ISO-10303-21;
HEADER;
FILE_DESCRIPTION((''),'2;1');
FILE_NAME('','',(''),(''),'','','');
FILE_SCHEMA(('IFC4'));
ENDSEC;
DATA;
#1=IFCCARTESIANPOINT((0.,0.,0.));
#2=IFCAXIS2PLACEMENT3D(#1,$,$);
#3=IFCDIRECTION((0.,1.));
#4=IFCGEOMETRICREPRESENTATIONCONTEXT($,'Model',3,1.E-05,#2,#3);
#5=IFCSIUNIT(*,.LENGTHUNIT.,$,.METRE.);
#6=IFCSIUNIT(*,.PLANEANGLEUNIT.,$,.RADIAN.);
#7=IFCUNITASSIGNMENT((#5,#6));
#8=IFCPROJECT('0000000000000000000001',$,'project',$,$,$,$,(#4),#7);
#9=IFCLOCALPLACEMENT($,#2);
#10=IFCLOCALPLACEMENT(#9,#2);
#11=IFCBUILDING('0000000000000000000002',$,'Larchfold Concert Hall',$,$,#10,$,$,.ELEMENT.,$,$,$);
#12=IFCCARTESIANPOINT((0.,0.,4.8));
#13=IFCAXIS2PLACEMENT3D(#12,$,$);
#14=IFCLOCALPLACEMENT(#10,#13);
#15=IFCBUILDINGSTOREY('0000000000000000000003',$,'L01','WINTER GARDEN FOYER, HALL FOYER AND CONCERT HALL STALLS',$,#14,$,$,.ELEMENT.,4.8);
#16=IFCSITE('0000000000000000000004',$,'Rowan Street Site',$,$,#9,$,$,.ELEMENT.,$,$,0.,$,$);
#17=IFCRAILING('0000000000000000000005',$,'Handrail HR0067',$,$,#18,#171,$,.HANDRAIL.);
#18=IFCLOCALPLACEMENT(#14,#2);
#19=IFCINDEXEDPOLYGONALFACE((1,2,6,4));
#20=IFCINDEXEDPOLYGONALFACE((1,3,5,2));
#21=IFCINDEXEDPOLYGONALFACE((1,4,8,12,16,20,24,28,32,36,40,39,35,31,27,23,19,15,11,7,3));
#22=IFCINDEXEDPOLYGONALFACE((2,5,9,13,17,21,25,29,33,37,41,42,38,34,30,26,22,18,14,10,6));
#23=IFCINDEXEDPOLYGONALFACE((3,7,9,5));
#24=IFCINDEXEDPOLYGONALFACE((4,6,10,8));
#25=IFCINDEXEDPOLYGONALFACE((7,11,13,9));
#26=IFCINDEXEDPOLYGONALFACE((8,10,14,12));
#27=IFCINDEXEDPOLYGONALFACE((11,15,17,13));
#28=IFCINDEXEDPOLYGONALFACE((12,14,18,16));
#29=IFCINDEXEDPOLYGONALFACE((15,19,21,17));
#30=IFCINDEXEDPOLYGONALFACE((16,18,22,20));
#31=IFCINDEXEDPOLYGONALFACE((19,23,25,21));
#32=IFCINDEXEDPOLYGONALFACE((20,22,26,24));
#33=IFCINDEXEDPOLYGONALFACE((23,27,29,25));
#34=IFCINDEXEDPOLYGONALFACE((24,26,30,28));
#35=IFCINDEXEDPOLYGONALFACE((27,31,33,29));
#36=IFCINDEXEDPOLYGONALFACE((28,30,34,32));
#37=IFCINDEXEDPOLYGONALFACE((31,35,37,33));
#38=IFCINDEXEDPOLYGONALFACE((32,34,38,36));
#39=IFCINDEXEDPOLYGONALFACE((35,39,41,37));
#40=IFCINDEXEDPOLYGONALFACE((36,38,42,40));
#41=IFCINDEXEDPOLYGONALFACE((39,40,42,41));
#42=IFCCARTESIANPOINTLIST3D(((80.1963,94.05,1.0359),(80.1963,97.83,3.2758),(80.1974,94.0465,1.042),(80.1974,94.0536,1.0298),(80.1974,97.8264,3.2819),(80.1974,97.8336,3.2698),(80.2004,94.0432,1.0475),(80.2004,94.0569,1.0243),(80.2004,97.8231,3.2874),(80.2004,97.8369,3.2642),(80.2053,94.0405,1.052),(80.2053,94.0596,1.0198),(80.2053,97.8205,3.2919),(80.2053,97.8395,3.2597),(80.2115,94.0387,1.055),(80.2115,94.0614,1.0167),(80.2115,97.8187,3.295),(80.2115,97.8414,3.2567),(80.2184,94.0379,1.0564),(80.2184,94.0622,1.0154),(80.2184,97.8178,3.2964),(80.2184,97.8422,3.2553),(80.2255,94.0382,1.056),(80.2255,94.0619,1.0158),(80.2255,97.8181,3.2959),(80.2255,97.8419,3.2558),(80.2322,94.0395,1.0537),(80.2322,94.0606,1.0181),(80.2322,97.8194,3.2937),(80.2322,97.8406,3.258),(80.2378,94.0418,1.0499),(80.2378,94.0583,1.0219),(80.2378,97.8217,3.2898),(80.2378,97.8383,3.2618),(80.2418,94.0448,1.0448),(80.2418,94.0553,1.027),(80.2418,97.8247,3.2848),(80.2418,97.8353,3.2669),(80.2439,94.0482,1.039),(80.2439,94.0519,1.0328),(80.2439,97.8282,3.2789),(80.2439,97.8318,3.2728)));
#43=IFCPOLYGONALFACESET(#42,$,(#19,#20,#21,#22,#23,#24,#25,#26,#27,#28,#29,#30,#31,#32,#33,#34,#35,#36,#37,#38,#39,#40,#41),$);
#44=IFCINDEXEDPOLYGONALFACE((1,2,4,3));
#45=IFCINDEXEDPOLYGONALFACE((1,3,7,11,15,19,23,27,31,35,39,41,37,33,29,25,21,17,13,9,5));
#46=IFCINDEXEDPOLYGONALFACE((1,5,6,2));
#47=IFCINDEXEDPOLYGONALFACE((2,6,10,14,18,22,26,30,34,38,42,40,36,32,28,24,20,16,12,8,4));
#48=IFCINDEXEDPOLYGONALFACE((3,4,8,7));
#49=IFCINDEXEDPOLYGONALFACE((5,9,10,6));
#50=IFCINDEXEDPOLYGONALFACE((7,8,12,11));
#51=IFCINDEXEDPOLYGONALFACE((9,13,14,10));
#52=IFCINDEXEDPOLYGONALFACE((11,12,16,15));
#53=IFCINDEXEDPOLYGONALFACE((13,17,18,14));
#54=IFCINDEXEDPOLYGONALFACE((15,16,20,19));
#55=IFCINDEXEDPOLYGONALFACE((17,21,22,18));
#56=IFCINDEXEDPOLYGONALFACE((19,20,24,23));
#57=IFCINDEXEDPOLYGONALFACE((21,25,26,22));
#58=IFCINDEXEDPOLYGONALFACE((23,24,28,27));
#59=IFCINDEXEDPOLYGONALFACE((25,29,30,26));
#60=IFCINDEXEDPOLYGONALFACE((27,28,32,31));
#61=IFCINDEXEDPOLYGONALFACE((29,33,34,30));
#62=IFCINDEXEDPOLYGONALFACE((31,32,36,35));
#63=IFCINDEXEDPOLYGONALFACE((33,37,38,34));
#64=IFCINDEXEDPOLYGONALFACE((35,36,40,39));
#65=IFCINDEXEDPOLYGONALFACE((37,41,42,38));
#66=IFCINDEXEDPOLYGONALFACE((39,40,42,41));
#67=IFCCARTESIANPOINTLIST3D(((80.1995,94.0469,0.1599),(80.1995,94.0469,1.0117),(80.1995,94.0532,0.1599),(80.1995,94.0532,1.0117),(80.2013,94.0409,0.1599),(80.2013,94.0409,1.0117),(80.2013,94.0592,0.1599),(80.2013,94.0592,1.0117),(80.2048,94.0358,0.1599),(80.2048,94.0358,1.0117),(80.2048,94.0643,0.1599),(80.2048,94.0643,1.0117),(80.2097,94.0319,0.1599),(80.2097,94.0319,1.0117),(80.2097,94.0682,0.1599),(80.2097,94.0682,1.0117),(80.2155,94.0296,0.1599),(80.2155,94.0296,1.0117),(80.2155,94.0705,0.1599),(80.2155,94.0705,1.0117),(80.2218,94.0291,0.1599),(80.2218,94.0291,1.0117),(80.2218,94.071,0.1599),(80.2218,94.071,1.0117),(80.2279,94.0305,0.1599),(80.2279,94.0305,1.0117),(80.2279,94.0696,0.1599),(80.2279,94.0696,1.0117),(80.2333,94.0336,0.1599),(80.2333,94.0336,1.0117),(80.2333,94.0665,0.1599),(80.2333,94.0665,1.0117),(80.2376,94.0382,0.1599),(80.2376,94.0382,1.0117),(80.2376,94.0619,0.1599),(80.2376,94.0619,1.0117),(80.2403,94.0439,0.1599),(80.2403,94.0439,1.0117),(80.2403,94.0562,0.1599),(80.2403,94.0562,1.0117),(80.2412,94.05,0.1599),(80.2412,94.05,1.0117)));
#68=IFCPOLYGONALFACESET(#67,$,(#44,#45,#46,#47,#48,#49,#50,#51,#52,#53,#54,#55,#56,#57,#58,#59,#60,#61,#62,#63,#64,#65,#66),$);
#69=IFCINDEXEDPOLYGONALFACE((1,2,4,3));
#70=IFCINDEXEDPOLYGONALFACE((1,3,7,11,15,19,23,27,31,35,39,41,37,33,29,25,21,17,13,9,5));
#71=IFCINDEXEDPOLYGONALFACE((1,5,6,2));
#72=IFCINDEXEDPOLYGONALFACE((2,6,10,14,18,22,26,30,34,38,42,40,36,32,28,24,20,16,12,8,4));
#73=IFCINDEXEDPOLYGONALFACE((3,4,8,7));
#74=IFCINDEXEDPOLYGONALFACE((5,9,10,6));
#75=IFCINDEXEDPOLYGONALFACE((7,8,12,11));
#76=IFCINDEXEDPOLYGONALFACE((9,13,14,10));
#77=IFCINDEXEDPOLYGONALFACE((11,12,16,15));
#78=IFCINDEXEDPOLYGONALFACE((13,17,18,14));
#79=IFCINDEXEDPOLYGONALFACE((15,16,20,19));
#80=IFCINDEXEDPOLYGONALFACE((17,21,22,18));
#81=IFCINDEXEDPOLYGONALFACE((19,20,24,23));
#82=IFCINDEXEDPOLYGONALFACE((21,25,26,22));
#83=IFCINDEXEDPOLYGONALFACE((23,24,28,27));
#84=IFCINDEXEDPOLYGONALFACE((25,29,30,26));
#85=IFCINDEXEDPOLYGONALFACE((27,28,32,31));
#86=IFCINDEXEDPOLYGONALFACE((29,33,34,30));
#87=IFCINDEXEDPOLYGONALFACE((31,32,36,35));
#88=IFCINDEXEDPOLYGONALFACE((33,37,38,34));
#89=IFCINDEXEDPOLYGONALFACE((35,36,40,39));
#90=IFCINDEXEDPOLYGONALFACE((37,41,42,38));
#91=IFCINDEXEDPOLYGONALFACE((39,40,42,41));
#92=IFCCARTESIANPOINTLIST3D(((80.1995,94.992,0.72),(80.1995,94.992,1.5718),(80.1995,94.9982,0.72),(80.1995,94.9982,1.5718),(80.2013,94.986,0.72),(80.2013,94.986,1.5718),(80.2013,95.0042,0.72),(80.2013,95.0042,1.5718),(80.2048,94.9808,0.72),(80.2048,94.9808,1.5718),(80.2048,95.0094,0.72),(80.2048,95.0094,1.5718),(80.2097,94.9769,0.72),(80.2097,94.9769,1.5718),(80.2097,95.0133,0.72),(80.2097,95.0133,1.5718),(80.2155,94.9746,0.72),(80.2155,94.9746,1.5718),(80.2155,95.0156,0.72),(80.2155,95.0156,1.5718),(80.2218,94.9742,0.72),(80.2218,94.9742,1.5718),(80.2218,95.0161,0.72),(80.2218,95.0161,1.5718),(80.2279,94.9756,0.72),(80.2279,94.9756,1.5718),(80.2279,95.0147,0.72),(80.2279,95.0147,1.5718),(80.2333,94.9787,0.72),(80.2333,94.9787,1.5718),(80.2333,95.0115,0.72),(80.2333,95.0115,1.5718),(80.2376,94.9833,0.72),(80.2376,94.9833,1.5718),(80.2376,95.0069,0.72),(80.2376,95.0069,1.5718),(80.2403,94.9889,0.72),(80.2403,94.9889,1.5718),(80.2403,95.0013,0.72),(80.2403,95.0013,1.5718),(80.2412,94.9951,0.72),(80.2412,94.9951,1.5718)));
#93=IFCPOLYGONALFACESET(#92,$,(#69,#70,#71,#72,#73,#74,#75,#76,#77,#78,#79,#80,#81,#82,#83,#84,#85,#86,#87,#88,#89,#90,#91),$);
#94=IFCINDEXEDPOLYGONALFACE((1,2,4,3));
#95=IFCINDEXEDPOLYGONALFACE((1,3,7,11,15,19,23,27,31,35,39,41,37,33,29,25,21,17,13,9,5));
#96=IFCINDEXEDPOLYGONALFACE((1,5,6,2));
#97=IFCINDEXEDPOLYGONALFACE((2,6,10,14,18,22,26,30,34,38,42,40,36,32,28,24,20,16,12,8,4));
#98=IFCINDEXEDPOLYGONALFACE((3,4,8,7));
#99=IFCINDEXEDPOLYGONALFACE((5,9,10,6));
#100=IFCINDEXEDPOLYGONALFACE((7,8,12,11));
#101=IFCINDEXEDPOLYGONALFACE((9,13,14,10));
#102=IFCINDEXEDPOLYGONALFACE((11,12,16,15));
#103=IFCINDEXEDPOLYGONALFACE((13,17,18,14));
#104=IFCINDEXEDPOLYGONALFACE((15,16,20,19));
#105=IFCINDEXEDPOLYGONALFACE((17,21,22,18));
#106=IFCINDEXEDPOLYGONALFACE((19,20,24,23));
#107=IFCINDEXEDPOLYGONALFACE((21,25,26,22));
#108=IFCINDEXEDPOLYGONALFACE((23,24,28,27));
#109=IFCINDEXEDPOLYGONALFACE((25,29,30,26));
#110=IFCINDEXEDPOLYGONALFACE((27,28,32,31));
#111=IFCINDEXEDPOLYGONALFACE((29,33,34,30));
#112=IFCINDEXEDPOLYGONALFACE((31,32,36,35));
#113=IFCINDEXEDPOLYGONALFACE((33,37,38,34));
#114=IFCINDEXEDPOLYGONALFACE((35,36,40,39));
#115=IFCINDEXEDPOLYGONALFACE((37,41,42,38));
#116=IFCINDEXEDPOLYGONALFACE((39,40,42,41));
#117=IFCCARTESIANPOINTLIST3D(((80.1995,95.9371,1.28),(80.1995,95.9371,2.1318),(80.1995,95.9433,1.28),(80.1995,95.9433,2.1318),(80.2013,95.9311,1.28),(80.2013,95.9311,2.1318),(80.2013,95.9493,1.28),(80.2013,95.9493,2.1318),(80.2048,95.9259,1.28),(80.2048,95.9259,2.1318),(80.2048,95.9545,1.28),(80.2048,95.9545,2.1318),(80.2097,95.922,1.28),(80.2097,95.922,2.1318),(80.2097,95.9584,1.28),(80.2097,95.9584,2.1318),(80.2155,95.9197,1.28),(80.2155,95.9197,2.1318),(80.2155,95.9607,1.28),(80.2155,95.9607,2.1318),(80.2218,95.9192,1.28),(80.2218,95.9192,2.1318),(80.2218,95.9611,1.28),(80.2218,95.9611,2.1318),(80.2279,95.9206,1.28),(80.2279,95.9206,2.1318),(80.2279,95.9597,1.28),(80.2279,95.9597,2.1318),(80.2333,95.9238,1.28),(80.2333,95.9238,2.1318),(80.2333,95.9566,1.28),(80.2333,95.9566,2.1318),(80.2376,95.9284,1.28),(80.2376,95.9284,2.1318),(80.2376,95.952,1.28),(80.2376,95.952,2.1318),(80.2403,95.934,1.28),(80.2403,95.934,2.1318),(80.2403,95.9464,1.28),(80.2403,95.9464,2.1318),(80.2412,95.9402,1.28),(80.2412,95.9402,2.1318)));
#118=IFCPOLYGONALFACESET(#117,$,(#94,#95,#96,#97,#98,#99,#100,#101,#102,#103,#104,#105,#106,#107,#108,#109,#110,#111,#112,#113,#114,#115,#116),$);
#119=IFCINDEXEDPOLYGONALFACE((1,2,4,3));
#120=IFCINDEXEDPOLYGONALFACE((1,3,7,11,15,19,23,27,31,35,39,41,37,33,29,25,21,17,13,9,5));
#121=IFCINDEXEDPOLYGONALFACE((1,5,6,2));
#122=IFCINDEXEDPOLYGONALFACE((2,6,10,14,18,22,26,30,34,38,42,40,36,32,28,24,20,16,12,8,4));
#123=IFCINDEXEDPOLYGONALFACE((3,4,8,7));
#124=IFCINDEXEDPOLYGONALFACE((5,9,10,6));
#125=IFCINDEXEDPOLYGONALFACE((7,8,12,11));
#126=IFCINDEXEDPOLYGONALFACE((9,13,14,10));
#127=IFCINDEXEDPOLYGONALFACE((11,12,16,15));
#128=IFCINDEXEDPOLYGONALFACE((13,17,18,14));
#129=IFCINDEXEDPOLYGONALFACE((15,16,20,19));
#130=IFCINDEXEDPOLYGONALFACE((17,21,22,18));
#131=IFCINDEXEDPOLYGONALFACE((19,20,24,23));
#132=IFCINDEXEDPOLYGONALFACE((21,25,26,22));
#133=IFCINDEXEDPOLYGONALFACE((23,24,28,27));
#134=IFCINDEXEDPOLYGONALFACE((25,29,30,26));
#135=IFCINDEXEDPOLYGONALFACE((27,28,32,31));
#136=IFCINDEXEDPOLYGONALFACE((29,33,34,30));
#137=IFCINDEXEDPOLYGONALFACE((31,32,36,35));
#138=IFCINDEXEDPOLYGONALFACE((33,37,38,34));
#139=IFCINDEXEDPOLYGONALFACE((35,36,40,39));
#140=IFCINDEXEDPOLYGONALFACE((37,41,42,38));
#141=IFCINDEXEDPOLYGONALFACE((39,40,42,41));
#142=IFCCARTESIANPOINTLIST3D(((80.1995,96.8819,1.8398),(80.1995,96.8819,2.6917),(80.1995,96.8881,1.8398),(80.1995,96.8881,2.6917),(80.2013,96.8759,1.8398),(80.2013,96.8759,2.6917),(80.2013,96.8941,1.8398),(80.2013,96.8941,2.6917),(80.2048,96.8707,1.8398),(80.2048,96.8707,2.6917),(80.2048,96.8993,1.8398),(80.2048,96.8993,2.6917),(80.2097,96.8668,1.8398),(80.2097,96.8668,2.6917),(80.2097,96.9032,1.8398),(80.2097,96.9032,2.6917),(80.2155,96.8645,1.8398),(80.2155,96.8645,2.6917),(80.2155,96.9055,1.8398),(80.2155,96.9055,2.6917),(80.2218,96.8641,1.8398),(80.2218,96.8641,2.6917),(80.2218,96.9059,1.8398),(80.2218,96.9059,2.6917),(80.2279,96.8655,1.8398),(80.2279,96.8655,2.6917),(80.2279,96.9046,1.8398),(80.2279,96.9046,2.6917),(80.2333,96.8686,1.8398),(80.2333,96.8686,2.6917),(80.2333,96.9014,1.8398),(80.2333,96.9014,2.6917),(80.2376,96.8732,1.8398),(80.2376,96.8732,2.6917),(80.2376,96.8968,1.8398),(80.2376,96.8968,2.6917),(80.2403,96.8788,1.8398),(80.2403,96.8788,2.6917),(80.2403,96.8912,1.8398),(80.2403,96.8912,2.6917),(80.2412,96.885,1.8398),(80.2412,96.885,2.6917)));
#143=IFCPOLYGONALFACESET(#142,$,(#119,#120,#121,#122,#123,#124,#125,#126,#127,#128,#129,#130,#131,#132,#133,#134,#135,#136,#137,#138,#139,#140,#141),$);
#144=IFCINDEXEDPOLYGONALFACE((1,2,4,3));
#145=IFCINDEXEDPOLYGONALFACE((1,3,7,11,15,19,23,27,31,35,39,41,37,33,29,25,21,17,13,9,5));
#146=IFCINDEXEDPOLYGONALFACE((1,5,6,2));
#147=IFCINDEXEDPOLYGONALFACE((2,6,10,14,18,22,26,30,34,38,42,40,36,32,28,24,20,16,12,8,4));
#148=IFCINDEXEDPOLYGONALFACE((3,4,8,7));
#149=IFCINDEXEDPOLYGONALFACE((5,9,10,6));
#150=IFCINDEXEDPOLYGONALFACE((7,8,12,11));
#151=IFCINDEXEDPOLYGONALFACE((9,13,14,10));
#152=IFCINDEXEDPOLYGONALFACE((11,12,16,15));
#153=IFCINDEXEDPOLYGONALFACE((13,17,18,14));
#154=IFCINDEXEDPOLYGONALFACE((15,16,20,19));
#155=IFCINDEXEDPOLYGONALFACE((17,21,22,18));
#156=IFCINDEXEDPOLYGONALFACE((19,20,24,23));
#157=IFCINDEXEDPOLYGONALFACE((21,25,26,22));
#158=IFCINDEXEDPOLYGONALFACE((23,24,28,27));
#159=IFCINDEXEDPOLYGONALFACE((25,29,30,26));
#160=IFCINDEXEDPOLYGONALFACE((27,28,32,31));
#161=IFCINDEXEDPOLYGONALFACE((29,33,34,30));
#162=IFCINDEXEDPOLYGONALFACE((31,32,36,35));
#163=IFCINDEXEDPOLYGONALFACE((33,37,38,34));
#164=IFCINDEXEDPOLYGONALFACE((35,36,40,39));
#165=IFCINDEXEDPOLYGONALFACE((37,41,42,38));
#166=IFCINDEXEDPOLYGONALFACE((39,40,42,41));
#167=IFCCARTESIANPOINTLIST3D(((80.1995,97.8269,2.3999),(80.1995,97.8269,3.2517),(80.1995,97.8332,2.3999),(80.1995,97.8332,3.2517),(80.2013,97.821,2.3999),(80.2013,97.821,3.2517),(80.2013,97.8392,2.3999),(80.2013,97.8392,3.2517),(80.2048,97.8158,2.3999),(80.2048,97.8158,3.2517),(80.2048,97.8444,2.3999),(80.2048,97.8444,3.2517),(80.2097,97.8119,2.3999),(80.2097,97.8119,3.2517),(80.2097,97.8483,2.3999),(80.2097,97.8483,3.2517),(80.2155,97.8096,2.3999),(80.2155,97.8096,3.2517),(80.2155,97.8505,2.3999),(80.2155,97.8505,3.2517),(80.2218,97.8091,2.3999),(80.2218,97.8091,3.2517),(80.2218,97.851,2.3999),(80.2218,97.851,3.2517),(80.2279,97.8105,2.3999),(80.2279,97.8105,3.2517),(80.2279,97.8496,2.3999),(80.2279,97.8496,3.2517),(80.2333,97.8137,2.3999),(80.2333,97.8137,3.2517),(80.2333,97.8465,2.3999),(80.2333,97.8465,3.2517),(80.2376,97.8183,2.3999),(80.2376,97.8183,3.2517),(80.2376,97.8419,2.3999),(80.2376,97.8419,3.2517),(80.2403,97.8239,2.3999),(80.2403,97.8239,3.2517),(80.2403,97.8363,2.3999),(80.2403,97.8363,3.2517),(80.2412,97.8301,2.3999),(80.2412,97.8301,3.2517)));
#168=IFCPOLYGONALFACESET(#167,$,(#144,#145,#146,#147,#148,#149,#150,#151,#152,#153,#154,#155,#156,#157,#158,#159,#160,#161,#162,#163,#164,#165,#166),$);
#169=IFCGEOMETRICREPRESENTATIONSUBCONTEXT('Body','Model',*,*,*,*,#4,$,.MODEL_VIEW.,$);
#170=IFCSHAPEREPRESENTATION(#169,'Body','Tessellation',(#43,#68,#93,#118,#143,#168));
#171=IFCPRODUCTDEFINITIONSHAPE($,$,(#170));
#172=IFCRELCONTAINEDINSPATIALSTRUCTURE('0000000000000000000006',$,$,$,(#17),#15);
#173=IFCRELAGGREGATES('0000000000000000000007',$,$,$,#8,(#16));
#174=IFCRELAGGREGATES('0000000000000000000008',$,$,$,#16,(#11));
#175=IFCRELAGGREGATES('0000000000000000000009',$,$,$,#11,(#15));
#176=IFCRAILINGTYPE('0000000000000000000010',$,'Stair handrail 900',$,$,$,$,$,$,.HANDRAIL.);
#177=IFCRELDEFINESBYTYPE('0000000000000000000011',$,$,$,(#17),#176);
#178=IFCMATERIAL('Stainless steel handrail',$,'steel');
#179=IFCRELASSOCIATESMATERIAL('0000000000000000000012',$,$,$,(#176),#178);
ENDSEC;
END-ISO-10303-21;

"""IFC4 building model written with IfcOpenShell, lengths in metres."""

from ifc_helpers import new_model, si_unit, direction, frame, origin, origin_2d, place, context, subcontext, project, spatial, circle, extrude, material, type_object, element, save


model = new_model("IFC4")

# Units and contexts
model_context = context("Model", 3, precision=1e-05, world=origin(), true_north=direction((0.0, 1.0)))
body_context = subcontext(model_context, "Body", "Model", "MODEL_VIEW")
ifc_project = project(units=[si_unit("LENGTHUNIT", "METRE"), si_unit("PLANEANGLEUNIT", "RADIAN")], contexts=[model_context])

# Site, building, storey
site_placement = place(None, origin())
site = spatial("IfcSite", under=ifc_project, at=site_placement, Name="Rowan Street Site", CompositionType="ELEMENT", RefElevation=0.0)
building_placement = place(site_placement, origin())
building = spatial("IfcBuilding", under=site, at=building_placement, Name="Larchfold Concert Hall", CompositionType="ELEMENT")
storey_placement = place(building_placement, frame((0.0, 0.0, 4.8)))
storey = spatial("IfcBuildingStorey", under=building, at=storey_placement, Name="L01", Description="WINTER GARDEN FOYER, HALL FOYER AND CONCERT HALL STALLS", CompositionType="ELEMENT", Elevation=4.8)

# Railing
ifc_material_1 = material(Name="Stainless steel handrail", Category="steel")
railing_type_1 = type_object("IfcRailingType", Name="Stair handrail 900", PredefinedType="HANDRAIL", material=ifc_material_1)
railing_1_placement = place(storey_placement, frame((80.2202, 94.05, 0.1599)))
element("IfcRailing", 1, at=railing_1_placement, inside=storey, type_object=railing_type_1, Name="Handrail HR0067", PredefinedType="HANDRAIL", context=body_context, shape_type="SweptSolid", body=[
    extrude(circle(Radius=0.0239, at=origin_2d()), frame((0.0, 0.0, 0.876), z_axis=(0.0, 0.860294, 0.509798), x_axis=(-1.0, 0.0, 0.0)), (0.0, 0.0, 1.0), 4.3938),
    extrude(circle(Radius=0.021, at=origin_2d()), origin(), (0.0, 0.0, 1.0), 0.8518),
    extrude(circle(Radius=0.021, at=origin_2d()), frame((0.0, 0.9451, 0.5601)), (0.0, 0.0, 1.0), 0.8518),
    extrude(circle(Radius=0.021, at=origin_2d()), frame((0.0, 1.8901, 1.1201)), (0.0, 0.0, 1.0), 0.8518),
    extrude(circle(Radius=0.021, at=origin_2d()), frame((0.0, 2.835, 1.6799)), (0.0, 0.0, 1.0), 0.8518),
    extrude(circle(Radius=0.021, at=origin_2d()), frame((0.0, 3.78, 2.24)), (0.0, 0.0, 1.0), 0.8518),
])

save(model, "model.ifc")
